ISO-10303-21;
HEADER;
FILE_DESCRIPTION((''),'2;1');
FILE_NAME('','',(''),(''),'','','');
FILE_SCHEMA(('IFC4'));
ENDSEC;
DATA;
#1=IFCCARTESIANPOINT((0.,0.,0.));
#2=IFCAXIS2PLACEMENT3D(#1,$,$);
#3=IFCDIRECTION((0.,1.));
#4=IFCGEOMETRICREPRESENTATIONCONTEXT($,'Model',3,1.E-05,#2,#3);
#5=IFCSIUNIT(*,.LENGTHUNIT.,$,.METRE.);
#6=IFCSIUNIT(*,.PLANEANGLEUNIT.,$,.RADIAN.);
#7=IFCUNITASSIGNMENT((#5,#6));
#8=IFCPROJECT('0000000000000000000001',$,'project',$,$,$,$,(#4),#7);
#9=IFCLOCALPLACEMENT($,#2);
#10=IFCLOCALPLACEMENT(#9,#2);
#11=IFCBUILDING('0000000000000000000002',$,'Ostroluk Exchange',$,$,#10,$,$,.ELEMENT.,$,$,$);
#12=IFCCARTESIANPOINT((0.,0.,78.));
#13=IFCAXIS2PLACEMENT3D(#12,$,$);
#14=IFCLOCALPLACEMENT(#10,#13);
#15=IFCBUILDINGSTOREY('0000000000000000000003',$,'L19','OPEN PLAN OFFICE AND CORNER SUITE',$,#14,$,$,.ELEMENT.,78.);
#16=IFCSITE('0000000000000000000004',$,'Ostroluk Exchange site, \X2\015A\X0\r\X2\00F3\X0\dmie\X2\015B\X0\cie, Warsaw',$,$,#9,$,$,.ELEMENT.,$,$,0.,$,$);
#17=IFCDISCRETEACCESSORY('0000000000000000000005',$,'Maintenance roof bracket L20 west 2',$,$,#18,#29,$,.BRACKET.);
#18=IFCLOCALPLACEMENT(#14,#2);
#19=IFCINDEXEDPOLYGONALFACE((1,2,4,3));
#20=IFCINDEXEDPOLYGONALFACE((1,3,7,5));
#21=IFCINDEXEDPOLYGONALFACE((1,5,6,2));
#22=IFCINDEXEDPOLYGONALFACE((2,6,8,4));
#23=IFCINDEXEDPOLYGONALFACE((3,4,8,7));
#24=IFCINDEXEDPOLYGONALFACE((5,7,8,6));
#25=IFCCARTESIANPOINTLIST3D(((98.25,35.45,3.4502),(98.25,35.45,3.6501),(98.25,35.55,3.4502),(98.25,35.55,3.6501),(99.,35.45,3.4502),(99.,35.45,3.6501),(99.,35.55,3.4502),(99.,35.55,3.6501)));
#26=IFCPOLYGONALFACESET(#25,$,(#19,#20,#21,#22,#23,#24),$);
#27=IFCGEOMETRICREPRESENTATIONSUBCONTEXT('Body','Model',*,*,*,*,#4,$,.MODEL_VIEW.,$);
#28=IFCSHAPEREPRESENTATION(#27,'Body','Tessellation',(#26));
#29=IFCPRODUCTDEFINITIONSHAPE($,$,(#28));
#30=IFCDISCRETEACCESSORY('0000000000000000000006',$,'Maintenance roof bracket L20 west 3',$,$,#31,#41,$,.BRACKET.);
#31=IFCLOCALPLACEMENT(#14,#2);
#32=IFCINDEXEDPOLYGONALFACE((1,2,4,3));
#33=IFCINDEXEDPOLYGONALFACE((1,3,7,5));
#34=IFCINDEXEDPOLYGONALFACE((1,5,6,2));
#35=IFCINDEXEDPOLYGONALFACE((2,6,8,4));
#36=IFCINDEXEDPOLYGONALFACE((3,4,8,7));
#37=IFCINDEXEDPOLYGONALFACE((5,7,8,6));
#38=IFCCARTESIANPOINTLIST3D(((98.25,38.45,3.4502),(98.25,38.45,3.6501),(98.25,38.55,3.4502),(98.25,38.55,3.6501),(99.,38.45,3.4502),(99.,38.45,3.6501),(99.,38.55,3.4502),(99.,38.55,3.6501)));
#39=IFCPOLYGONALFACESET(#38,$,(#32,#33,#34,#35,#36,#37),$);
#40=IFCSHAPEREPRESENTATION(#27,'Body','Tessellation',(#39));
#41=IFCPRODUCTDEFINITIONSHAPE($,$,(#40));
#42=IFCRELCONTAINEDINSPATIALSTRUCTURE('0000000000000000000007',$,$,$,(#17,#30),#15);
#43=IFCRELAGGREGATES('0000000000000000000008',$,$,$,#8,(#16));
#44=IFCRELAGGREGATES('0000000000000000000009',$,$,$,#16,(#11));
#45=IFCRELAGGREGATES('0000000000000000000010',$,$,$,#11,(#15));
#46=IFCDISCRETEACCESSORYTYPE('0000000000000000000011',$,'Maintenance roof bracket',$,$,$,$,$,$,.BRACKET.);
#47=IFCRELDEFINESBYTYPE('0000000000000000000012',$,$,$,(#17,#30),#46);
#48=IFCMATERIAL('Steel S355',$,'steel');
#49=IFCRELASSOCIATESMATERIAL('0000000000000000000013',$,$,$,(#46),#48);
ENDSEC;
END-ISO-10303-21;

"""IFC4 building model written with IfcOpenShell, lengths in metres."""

from ifc_helpers import new_model, si_unit, direction, frame, origin, origin_2d, place, context, subcontext, project, spatial, rectangle, extrude, material, type_object, element, save


model = new_model("IFC4")

# Units and contexts
model_context = context("Model", 3, precision=1e-05, world=origin(), true_north=direction((0.0, 1.0)))
body_context = subcontext(model_context, "Body", "Model", "MODEL_VIEW")
ifc_project = project(units=[si_unit("LENGTHUNIT", "METRE"), si_unit("PLANEANGLEUNIT", "RADIAN")], contexts=[model_context])

# Site, building, storey
site_placement = place(None, origin())
site = spatial("IfcSite", under=ifc_project, at=site_placement, Name="Ostroluk Exchange site, Śródmieście, Warsaw", CompositionType="ELEMENT", RefElevation=0.0)
building_placement = place(site_placement, origin())
building = spatial("IfcBuilding", under=site, at=building_placement, Name="Ostroluk Exchange", CompositionType="ELEMENT")
storey_placement = place(building_placement, frame((0.0, 0.0, 78.0)))
storey = spatial("IfcBuildingStorey", under=building, at=storey_placement, Name="L19", Description="OPEN PLAN OFFICE AND CORNER SUITE", CompositionType="ELEMENT", Elevation=78.0)

# Discrete accessories
ifc_material_1 = material(Name="Steel S355", Category="steel")
discrete_accessory_type = type_object("IfcDiscreteAccessoryType", Name="Maintenance roof bracket", PredefinedType="BRACKET", material=ifc_material_1)
for number, where, z_axis, x_axis, name in (
    (1, (98.625, 35.5, 3.4502), (0.0, 0.0, 1.0), (1.0, 0.0, 0.0), "Maintenance roof bracket L20 west 2"),
    (2, (98.625, 38.5, 3.4502), (0.0, 0.0, 1.0), (1.0, 0.0, 0.0), "Maintenance roof bracket L20 west 3"),
):
    element("IfcDiscreteAccessory", number, at=place(storey_placement, frame(where, z_axis=z_axis, x_axis=x_axis)), inside=storey, type_object=discrete_accessory_type, Name=name, PredefinedType="BRACKET", context=body_context, shape_type="SweptSolid", body=[
        extrude(rectangle(XDim=0.75, YDim=0.1001, at=origin_2d()), origin(), (0.0, 0.0, 1.0), 0.2),
    ])

save(model, "model.ifc")
